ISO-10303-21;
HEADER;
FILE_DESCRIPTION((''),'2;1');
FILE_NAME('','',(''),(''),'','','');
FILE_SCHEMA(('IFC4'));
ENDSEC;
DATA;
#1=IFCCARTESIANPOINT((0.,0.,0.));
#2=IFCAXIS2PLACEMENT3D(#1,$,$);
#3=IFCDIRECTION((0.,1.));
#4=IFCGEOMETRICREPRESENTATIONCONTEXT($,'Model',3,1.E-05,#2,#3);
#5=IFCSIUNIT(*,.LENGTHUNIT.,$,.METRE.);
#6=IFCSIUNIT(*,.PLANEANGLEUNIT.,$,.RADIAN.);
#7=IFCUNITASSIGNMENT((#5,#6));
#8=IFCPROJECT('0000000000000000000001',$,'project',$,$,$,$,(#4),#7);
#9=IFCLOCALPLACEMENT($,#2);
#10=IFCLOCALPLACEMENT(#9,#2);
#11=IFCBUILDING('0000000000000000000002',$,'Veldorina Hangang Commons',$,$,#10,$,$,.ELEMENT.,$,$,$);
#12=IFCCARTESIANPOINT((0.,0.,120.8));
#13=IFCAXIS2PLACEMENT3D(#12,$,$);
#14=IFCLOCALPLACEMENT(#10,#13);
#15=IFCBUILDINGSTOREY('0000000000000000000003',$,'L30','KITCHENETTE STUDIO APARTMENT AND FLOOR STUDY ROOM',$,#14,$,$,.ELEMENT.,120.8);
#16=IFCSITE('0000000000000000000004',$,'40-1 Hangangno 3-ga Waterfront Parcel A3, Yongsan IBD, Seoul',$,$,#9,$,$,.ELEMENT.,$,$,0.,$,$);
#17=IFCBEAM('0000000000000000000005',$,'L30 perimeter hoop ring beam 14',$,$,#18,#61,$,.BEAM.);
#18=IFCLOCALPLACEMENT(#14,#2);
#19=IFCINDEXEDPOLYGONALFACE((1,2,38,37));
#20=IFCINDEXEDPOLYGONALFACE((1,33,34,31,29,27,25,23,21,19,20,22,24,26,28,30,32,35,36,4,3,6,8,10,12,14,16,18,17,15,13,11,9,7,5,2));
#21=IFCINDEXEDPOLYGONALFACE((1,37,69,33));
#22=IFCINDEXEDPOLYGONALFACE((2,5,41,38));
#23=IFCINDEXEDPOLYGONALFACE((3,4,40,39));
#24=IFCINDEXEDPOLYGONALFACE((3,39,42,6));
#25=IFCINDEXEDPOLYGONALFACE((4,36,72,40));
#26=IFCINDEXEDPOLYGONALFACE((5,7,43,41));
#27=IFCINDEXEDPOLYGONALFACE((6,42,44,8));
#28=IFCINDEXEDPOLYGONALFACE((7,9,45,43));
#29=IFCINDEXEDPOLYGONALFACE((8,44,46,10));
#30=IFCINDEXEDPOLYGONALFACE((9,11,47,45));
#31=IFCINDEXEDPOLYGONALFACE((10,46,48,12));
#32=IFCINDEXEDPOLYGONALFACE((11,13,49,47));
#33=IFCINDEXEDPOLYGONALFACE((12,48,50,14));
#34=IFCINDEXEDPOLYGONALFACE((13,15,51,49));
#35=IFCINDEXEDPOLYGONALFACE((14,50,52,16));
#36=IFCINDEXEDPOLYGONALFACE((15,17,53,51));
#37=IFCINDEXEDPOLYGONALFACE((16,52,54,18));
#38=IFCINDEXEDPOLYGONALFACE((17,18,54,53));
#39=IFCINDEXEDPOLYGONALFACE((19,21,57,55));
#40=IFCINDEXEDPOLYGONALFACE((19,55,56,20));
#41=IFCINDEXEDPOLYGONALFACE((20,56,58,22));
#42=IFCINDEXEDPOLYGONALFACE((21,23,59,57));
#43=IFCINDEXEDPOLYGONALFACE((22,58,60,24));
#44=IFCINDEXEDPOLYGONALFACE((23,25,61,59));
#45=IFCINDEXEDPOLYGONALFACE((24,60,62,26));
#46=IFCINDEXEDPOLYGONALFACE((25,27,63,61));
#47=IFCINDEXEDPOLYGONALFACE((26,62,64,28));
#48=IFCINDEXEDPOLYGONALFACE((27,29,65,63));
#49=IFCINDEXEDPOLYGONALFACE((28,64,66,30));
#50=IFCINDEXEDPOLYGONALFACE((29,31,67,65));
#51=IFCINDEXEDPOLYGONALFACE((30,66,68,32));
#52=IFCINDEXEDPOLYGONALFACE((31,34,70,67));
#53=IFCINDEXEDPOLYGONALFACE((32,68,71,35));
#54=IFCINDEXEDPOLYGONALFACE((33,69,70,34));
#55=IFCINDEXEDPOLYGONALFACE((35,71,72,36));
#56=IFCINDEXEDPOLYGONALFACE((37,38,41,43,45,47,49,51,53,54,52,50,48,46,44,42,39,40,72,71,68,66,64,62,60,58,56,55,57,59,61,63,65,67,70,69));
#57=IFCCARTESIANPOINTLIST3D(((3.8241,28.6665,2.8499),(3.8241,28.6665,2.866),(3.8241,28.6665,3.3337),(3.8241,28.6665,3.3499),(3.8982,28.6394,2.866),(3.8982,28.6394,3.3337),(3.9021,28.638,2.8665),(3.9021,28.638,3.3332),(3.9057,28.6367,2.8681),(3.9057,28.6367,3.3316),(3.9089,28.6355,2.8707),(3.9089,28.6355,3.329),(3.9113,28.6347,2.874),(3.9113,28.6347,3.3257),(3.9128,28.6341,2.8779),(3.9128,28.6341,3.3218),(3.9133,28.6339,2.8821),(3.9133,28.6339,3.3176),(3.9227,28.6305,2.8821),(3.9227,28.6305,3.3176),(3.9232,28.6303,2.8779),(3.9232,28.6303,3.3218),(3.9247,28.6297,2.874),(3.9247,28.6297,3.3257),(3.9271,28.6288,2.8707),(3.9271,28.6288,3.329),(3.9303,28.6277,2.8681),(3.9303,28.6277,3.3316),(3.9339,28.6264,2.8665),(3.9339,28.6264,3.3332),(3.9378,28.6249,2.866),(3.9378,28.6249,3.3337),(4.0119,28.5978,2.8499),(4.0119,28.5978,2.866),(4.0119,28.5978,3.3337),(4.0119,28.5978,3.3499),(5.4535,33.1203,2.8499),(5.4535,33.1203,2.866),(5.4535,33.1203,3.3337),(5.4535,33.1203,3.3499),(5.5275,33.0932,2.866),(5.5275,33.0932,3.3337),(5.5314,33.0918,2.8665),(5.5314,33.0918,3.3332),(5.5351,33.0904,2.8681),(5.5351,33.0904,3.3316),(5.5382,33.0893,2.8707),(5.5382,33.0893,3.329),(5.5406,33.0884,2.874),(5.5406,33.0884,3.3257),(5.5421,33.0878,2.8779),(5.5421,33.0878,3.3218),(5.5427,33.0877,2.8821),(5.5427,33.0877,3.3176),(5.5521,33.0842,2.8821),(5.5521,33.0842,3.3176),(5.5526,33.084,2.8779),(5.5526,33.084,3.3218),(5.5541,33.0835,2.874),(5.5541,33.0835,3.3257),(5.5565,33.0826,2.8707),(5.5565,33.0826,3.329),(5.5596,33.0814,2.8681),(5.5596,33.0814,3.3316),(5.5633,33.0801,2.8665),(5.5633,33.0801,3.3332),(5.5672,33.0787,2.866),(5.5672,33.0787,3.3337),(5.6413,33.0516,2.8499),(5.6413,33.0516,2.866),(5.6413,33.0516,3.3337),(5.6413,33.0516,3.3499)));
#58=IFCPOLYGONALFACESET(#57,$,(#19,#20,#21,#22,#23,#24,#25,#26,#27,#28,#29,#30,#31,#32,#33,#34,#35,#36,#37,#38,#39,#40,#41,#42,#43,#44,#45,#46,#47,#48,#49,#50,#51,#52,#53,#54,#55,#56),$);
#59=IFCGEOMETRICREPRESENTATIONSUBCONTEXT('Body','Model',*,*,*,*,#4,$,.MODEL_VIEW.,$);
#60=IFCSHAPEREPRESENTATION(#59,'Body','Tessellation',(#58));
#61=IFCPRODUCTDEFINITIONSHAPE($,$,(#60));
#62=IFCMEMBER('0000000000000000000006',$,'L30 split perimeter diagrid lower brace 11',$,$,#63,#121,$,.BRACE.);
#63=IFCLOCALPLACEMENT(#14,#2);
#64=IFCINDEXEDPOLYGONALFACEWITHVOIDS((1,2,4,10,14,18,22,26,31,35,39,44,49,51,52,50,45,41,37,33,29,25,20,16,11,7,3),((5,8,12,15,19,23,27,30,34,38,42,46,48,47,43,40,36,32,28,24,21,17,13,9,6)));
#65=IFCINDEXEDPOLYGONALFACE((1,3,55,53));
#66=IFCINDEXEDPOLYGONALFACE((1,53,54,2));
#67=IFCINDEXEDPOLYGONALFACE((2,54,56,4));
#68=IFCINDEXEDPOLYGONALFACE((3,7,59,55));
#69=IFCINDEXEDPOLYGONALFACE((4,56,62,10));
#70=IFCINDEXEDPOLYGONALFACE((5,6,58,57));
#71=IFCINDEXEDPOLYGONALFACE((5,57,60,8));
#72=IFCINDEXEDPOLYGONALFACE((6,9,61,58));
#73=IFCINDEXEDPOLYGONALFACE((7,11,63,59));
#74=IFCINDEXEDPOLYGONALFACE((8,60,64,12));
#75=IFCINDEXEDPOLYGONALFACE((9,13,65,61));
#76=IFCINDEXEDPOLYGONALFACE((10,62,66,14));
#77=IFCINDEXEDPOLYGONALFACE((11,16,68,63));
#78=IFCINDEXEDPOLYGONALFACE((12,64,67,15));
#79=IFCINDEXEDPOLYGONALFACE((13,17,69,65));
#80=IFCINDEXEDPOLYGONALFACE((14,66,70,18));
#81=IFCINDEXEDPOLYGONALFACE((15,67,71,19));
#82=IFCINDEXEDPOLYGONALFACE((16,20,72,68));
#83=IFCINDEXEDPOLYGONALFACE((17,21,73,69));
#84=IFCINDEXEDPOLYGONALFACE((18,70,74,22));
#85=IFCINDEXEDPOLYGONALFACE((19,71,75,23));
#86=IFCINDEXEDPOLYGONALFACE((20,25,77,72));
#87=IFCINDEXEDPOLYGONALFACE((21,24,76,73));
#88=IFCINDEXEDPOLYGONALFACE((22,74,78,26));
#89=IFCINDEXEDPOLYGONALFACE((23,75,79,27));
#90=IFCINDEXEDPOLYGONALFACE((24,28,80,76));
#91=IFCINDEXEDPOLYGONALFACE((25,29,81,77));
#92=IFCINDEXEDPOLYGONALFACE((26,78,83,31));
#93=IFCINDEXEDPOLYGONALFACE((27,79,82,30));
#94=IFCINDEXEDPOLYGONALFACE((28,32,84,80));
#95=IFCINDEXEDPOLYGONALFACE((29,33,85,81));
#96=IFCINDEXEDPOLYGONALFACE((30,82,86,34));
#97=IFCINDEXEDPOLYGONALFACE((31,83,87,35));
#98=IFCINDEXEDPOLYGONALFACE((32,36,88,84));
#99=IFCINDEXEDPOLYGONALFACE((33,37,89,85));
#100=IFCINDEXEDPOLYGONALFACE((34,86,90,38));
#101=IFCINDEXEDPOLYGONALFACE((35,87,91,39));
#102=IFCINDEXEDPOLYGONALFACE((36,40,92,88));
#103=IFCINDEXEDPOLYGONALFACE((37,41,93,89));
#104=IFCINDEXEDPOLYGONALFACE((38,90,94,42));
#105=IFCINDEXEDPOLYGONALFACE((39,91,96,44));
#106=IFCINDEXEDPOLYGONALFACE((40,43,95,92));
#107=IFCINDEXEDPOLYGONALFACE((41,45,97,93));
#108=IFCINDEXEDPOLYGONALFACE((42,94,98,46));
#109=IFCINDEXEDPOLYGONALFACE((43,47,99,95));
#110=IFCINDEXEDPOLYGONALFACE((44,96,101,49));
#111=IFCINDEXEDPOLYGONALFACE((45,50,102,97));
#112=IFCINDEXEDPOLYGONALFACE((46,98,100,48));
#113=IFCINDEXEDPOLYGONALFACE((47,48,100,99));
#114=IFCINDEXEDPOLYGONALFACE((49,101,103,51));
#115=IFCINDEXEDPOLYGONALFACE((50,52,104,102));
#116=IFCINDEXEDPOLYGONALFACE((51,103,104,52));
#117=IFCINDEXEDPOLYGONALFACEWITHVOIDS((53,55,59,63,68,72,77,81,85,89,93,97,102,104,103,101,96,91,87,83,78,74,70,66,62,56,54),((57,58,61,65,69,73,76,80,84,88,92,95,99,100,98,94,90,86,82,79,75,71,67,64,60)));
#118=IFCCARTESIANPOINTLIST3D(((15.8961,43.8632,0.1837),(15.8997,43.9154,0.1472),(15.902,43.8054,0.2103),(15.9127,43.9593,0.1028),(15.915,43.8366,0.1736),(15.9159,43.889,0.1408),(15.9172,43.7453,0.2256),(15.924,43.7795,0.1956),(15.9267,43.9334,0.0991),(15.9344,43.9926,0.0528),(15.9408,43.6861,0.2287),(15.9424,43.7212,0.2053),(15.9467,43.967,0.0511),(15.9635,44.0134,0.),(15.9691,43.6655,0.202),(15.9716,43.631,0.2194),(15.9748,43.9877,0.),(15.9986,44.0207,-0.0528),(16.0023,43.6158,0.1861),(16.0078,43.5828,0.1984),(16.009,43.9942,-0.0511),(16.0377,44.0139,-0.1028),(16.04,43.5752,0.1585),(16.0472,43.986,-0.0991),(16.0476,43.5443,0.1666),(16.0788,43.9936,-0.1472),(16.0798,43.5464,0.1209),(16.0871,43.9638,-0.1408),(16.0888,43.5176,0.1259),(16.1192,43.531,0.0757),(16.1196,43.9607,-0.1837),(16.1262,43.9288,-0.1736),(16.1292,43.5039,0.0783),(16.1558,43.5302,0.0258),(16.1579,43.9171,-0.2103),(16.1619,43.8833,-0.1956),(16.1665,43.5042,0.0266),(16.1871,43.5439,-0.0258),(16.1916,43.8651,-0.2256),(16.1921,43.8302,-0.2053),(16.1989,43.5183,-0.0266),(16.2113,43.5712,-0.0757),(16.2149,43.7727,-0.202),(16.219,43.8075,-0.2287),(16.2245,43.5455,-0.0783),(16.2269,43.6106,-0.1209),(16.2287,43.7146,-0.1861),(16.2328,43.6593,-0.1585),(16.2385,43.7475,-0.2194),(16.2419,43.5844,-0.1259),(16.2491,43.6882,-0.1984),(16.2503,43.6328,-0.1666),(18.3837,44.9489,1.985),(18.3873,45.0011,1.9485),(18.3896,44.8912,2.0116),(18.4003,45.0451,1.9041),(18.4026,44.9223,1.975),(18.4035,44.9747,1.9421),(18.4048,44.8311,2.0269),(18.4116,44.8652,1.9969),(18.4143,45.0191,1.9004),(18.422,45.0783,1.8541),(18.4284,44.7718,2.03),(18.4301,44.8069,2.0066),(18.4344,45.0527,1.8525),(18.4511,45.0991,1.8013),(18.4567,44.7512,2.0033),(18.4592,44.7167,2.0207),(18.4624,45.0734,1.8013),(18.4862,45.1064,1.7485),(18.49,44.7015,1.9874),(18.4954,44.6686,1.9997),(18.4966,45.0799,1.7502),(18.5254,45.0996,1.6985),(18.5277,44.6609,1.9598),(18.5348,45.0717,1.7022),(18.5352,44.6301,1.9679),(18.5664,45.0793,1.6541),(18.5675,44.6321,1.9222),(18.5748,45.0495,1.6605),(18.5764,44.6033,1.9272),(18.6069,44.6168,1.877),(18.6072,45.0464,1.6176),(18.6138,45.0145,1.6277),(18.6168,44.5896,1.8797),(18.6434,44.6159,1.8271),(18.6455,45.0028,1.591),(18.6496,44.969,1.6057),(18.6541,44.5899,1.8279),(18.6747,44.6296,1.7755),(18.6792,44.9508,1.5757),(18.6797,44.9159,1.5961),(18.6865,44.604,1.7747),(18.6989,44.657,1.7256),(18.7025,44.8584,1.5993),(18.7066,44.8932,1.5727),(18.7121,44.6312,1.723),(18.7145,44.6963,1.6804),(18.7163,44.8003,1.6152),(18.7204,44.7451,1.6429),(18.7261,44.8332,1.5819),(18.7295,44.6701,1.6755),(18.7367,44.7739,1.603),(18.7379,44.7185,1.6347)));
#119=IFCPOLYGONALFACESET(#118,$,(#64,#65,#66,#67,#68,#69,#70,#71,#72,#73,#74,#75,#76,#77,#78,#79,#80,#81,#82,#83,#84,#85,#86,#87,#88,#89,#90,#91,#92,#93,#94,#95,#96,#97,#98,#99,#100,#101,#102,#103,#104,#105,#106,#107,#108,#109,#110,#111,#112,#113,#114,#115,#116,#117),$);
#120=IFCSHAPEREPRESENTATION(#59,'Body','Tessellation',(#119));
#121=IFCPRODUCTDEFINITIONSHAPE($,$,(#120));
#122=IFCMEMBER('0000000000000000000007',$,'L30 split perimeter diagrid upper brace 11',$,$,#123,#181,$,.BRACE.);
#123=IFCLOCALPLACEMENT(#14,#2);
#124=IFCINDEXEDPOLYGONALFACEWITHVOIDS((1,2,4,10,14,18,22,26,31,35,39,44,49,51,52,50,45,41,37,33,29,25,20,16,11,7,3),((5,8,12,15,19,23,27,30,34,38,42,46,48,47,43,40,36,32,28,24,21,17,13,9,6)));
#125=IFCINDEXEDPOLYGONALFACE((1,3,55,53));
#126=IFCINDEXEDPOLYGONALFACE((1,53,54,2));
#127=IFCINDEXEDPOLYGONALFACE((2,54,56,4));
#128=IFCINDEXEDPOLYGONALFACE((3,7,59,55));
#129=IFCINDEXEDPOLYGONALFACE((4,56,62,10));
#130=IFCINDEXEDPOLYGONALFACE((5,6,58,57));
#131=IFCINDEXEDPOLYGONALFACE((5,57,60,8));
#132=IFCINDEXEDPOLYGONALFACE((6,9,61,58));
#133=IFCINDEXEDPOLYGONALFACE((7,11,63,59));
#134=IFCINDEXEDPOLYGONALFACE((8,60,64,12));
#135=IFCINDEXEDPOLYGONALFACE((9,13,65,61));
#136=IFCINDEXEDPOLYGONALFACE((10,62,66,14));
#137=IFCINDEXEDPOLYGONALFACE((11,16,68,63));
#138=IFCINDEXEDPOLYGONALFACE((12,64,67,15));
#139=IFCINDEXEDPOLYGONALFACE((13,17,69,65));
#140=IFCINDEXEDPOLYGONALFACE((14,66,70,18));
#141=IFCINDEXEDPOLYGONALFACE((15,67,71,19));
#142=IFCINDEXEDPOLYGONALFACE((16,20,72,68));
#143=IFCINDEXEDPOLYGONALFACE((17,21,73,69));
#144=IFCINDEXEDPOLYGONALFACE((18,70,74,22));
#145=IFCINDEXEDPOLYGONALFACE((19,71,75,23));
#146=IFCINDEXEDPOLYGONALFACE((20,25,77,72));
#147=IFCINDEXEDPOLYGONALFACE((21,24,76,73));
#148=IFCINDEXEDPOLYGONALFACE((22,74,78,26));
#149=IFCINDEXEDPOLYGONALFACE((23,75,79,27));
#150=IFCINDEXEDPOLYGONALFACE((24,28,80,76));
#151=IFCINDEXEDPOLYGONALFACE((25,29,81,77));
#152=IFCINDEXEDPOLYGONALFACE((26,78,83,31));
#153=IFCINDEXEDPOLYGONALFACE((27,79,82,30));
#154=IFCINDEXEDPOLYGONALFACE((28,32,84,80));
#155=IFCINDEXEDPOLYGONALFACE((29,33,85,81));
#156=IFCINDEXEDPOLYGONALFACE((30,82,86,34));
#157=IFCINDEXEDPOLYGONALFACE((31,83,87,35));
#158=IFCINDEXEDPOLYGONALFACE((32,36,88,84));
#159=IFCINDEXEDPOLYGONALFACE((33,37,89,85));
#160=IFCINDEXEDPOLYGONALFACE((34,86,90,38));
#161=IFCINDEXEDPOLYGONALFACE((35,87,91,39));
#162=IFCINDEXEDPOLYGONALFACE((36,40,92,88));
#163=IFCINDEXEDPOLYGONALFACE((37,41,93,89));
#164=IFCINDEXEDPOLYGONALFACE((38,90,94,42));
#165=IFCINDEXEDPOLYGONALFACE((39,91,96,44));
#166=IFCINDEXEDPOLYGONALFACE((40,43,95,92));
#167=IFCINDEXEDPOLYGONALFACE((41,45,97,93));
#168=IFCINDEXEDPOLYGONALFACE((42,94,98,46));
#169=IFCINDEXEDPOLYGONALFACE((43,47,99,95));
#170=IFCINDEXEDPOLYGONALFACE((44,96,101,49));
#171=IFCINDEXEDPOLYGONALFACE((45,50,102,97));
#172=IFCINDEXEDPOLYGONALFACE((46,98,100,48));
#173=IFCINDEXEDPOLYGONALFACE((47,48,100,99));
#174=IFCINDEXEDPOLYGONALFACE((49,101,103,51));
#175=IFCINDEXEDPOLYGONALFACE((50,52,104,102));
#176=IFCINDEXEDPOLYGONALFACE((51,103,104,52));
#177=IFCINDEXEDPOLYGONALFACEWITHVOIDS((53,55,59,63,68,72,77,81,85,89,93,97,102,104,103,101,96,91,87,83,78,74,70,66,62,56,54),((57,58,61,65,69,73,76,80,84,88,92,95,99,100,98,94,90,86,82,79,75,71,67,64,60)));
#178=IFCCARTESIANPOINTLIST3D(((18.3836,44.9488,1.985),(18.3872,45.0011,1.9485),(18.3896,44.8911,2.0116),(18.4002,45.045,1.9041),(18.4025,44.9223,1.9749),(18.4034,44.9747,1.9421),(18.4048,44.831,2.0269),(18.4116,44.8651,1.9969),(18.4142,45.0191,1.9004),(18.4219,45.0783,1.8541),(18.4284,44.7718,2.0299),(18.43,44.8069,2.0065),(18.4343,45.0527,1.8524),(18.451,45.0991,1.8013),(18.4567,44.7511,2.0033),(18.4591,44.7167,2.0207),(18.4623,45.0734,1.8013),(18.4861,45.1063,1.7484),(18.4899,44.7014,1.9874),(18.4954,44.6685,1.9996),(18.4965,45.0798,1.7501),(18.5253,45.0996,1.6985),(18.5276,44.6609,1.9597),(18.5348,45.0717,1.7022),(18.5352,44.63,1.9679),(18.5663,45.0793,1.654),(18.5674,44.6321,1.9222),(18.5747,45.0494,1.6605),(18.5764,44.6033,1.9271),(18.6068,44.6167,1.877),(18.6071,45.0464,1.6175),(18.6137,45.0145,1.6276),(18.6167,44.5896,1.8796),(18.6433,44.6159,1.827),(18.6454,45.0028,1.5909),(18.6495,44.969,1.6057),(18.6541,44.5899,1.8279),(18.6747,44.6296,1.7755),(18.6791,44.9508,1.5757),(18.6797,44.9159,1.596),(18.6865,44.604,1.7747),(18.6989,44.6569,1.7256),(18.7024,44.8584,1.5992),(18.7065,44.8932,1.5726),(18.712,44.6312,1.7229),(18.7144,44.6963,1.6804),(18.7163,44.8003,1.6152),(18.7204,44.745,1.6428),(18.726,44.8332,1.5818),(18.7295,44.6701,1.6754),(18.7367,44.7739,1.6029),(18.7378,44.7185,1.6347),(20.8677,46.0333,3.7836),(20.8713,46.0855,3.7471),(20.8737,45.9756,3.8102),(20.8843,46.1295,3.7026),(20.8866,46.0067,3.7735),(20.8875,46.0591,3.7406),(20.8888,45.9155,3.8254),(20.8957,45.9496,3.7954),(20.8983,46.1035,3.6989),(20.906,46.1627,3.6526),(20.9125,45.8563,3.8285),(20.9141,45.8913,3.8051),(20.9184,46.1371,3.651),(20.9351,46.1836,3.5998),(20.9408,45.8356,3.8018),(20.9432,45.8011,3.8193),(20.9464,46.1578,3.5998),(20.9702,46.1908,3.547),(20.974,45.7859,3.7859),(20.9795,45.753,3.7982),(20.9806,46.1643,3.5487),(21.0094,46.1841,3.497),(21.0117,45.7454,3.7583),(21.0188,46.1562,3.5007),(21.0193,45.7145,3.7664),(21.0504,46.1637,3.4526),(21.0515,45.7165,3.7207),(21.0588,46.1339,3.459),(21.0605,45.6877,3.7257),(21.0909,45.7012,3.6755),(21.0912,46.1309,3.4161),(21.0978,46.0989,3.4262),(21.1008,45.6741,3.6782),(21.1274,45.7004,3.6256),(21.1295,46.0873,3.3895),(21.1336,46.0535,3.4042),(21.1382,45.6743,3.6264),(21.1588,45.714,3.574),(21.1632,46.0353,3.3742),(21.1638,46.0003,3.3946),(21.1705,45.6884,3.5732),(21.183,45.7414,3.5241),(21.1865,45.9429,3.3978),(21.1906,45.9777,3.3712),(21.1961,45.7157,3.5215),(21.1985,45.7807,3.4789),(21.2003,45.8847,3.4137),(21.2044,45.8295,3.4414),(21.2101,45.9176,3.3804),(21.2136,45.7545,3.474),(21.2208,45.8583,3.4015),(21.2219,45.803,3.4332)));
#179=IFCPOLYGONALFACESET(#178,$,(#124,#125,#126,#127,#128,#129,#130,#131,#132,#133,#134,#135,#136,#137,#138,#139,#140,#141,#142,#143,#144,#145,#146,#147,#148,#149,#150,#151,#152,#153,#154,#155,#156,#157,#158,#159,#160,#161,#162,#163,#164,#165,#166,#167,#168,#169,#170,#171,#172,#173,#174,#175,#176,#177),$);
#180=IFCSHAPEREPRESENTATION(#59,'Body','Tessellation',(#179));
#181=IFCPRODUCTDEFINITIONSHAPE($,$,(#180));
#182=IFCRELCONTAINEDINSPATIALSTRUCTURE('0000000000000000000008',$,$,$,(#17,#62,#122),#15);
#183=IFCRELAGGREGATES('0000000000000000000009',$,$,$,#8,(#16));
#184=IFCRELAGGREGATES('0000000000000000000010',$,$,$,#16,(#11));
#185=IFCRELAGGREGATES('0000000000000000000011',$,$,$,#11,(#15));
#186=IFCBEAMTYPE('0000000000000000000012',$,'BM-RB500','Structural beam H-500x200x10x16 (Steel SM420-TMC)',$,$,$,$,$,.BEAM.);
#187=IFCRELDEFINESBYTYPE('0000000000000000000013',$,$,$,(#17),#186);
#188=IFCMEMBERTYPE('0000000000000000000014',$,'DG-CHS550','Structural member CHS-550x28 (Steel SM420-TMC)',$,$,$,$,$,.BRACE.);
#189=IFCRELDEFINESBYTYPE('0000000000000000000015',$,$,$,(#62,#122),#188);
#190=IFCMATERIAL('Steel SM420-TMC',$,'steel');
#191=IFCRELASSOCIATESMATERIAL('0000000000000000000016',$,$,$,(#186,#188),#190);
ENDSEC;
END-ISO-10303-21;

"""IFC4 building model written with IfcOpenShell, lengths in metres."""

from ifc_helpers import new_model, si_unit, direction, frame, origin, origin_2d, place, context, subcontext, project, spatial, hollow_circle, i_section, extrude, material, material_profile, profile_set, type_object, element, save


model = new_model("IFC4")

# Units and contexts
model_context = context("Model", 3, precision=1e-05, world=origin(), true_north=direction((0.0, 1.0)))
body_context = subcontext(model_context, "Body", "Model", "MODEL_VIEW")
ifc_project = project(units=[si_unit("LENGTHUNIT", "METRE"), si_unit("PLANEANGLEUNIT", "RADIAN")], contexts=[model_context])

# Site, building, storey
site_placement = place(None, origin())
site = spatial("IfcSite", under=ifc_project, at=site_placement, Name="40-1 Hangangno 3-ga Waterfront Parcel A3, Yongsan IBD, Seoul", CompositionType="ELEMENT", RefElevation=0.0)
building_placement = place(site_placement, origin())
building = spatial("IfcBuilding", under=site, at=building_placement, Name="Veldorina Hangang Commons", CompositionType="ELEMENT")
storey_placement = place(building_placement, frame((0.0, 0.0, 120.8)))
storey = spatial("IfcBuildingStorey", under=building, at=storey_placement, Name="L30", Description="KITCHENETTE STUDIO APARTMENT AND FLOOR STUDY ROOM", CompositionType="ELEMENT", Elevation=120.8)

# Beam
ifc_material_1 = material(Name="Steel SM420-TMC", Category="steel")
ifc_material_profile_1 = material_profile(ifc_material_1, i_section(OverallWidth=0.2, OverallDepth=0.5, WebThickness=0.01, FlangeThickness=0.0161, FilletRadius=0.0161, at=origin_2d()), Name="H-500x200x10x16")
ifc_profile_set_1 = profile_set([ifc_material_profile_1], Name="Steel SM420-TMC")
beam_type_1 = type_object("IfcBeamType", Name="BM-RB500", Description="Structural beam H-500x200x10x16 (Steel SM420-TMC)", PredefinedType="BEAM", material=ifc_profile_set_1)
beam_1_placement = place(storey_placement, frame((5.5474, 33.0859, 3.0999), z_axis=(-0.343569, -0.939127, 0.0), x_axis=(0.939127, -0.343569, 0.0)))
element("IfcBeam", 1, at=beam_1_placement, inside=storey, type_object=beam_type_1, Name="L30 perimeter hoop ring beam 14", PredefinedType="BEAM", context=body_context, shape_type="SweptSolid", body=[
    extrude(i_section(OverallWidth=0.2, OverallDepth=0.5, WebThickness=0.01, FlangeThickness=0.0161, FilletRadius=0.0161, at=origin_2d()), origin(), (0.0, 0.0, 1.0), 4.7424),
])

# Members
ifc_material_profile_2 = material_profile(ifc_material_1, hollow_circle(Radius=0.2749, WallThickness=0.0281, at=origin_2d()), Name="CHS-550x28")
ifc_profile_set_2 = profile_set([ifc_material_profile_2], Name="Steel SM420-TMC")
member_type = type_object("IfcMemberType", Name="DG-CHS550", Description="Structural member CHS-550x28 (Steel SM420-TMC)", PredefinedType="BRACE", material=ifc_profile_set_2)
member_1_placement = place(storey_placement, frame((16.0735, 43.7615, 0.0), z_axis=(0.763641, 0.333292, 0.552963), x_axis=(-0.400012, 0.91651, 0.0)))
element("IfcMember", 2, at=member_1_placement, inside=storey, type_object=member_type, Name="L30 split perimeter diagrid lower brace 11", PredefinedType="BRACE", context=body_context, shape_type="SweptSolid", body=[
    extrude(hollow_circle(Radius=0.2749, WallThickness=0.0281, at=origin_2d()), origin(), (0.0, 0.0, 1.0), 3.2576),
])
member_2_placement = place(storey_placement, frame((18.561, 44.8472, 1.8013), z_axis=(0.763647, 0.333378, 0.552903), x_axis=(-0.400096, 0.916473, 0.0)))
element("IfcMember", 3, at=member_2_placement, inside=storey, type_object=member_type, Name="L30 split perimeter diagrid upper brace 11", PredefinedType="BRACE", context=body_context, shape_type="SweptSolid", body=[
    extrude(hollow_circle(Radius=0.2749, WallThickness=0.0281, at=origin_2d()), origin(), (0.0, 0.0, 1.0), 3.2529),
])

save(model, "model.ifc")
